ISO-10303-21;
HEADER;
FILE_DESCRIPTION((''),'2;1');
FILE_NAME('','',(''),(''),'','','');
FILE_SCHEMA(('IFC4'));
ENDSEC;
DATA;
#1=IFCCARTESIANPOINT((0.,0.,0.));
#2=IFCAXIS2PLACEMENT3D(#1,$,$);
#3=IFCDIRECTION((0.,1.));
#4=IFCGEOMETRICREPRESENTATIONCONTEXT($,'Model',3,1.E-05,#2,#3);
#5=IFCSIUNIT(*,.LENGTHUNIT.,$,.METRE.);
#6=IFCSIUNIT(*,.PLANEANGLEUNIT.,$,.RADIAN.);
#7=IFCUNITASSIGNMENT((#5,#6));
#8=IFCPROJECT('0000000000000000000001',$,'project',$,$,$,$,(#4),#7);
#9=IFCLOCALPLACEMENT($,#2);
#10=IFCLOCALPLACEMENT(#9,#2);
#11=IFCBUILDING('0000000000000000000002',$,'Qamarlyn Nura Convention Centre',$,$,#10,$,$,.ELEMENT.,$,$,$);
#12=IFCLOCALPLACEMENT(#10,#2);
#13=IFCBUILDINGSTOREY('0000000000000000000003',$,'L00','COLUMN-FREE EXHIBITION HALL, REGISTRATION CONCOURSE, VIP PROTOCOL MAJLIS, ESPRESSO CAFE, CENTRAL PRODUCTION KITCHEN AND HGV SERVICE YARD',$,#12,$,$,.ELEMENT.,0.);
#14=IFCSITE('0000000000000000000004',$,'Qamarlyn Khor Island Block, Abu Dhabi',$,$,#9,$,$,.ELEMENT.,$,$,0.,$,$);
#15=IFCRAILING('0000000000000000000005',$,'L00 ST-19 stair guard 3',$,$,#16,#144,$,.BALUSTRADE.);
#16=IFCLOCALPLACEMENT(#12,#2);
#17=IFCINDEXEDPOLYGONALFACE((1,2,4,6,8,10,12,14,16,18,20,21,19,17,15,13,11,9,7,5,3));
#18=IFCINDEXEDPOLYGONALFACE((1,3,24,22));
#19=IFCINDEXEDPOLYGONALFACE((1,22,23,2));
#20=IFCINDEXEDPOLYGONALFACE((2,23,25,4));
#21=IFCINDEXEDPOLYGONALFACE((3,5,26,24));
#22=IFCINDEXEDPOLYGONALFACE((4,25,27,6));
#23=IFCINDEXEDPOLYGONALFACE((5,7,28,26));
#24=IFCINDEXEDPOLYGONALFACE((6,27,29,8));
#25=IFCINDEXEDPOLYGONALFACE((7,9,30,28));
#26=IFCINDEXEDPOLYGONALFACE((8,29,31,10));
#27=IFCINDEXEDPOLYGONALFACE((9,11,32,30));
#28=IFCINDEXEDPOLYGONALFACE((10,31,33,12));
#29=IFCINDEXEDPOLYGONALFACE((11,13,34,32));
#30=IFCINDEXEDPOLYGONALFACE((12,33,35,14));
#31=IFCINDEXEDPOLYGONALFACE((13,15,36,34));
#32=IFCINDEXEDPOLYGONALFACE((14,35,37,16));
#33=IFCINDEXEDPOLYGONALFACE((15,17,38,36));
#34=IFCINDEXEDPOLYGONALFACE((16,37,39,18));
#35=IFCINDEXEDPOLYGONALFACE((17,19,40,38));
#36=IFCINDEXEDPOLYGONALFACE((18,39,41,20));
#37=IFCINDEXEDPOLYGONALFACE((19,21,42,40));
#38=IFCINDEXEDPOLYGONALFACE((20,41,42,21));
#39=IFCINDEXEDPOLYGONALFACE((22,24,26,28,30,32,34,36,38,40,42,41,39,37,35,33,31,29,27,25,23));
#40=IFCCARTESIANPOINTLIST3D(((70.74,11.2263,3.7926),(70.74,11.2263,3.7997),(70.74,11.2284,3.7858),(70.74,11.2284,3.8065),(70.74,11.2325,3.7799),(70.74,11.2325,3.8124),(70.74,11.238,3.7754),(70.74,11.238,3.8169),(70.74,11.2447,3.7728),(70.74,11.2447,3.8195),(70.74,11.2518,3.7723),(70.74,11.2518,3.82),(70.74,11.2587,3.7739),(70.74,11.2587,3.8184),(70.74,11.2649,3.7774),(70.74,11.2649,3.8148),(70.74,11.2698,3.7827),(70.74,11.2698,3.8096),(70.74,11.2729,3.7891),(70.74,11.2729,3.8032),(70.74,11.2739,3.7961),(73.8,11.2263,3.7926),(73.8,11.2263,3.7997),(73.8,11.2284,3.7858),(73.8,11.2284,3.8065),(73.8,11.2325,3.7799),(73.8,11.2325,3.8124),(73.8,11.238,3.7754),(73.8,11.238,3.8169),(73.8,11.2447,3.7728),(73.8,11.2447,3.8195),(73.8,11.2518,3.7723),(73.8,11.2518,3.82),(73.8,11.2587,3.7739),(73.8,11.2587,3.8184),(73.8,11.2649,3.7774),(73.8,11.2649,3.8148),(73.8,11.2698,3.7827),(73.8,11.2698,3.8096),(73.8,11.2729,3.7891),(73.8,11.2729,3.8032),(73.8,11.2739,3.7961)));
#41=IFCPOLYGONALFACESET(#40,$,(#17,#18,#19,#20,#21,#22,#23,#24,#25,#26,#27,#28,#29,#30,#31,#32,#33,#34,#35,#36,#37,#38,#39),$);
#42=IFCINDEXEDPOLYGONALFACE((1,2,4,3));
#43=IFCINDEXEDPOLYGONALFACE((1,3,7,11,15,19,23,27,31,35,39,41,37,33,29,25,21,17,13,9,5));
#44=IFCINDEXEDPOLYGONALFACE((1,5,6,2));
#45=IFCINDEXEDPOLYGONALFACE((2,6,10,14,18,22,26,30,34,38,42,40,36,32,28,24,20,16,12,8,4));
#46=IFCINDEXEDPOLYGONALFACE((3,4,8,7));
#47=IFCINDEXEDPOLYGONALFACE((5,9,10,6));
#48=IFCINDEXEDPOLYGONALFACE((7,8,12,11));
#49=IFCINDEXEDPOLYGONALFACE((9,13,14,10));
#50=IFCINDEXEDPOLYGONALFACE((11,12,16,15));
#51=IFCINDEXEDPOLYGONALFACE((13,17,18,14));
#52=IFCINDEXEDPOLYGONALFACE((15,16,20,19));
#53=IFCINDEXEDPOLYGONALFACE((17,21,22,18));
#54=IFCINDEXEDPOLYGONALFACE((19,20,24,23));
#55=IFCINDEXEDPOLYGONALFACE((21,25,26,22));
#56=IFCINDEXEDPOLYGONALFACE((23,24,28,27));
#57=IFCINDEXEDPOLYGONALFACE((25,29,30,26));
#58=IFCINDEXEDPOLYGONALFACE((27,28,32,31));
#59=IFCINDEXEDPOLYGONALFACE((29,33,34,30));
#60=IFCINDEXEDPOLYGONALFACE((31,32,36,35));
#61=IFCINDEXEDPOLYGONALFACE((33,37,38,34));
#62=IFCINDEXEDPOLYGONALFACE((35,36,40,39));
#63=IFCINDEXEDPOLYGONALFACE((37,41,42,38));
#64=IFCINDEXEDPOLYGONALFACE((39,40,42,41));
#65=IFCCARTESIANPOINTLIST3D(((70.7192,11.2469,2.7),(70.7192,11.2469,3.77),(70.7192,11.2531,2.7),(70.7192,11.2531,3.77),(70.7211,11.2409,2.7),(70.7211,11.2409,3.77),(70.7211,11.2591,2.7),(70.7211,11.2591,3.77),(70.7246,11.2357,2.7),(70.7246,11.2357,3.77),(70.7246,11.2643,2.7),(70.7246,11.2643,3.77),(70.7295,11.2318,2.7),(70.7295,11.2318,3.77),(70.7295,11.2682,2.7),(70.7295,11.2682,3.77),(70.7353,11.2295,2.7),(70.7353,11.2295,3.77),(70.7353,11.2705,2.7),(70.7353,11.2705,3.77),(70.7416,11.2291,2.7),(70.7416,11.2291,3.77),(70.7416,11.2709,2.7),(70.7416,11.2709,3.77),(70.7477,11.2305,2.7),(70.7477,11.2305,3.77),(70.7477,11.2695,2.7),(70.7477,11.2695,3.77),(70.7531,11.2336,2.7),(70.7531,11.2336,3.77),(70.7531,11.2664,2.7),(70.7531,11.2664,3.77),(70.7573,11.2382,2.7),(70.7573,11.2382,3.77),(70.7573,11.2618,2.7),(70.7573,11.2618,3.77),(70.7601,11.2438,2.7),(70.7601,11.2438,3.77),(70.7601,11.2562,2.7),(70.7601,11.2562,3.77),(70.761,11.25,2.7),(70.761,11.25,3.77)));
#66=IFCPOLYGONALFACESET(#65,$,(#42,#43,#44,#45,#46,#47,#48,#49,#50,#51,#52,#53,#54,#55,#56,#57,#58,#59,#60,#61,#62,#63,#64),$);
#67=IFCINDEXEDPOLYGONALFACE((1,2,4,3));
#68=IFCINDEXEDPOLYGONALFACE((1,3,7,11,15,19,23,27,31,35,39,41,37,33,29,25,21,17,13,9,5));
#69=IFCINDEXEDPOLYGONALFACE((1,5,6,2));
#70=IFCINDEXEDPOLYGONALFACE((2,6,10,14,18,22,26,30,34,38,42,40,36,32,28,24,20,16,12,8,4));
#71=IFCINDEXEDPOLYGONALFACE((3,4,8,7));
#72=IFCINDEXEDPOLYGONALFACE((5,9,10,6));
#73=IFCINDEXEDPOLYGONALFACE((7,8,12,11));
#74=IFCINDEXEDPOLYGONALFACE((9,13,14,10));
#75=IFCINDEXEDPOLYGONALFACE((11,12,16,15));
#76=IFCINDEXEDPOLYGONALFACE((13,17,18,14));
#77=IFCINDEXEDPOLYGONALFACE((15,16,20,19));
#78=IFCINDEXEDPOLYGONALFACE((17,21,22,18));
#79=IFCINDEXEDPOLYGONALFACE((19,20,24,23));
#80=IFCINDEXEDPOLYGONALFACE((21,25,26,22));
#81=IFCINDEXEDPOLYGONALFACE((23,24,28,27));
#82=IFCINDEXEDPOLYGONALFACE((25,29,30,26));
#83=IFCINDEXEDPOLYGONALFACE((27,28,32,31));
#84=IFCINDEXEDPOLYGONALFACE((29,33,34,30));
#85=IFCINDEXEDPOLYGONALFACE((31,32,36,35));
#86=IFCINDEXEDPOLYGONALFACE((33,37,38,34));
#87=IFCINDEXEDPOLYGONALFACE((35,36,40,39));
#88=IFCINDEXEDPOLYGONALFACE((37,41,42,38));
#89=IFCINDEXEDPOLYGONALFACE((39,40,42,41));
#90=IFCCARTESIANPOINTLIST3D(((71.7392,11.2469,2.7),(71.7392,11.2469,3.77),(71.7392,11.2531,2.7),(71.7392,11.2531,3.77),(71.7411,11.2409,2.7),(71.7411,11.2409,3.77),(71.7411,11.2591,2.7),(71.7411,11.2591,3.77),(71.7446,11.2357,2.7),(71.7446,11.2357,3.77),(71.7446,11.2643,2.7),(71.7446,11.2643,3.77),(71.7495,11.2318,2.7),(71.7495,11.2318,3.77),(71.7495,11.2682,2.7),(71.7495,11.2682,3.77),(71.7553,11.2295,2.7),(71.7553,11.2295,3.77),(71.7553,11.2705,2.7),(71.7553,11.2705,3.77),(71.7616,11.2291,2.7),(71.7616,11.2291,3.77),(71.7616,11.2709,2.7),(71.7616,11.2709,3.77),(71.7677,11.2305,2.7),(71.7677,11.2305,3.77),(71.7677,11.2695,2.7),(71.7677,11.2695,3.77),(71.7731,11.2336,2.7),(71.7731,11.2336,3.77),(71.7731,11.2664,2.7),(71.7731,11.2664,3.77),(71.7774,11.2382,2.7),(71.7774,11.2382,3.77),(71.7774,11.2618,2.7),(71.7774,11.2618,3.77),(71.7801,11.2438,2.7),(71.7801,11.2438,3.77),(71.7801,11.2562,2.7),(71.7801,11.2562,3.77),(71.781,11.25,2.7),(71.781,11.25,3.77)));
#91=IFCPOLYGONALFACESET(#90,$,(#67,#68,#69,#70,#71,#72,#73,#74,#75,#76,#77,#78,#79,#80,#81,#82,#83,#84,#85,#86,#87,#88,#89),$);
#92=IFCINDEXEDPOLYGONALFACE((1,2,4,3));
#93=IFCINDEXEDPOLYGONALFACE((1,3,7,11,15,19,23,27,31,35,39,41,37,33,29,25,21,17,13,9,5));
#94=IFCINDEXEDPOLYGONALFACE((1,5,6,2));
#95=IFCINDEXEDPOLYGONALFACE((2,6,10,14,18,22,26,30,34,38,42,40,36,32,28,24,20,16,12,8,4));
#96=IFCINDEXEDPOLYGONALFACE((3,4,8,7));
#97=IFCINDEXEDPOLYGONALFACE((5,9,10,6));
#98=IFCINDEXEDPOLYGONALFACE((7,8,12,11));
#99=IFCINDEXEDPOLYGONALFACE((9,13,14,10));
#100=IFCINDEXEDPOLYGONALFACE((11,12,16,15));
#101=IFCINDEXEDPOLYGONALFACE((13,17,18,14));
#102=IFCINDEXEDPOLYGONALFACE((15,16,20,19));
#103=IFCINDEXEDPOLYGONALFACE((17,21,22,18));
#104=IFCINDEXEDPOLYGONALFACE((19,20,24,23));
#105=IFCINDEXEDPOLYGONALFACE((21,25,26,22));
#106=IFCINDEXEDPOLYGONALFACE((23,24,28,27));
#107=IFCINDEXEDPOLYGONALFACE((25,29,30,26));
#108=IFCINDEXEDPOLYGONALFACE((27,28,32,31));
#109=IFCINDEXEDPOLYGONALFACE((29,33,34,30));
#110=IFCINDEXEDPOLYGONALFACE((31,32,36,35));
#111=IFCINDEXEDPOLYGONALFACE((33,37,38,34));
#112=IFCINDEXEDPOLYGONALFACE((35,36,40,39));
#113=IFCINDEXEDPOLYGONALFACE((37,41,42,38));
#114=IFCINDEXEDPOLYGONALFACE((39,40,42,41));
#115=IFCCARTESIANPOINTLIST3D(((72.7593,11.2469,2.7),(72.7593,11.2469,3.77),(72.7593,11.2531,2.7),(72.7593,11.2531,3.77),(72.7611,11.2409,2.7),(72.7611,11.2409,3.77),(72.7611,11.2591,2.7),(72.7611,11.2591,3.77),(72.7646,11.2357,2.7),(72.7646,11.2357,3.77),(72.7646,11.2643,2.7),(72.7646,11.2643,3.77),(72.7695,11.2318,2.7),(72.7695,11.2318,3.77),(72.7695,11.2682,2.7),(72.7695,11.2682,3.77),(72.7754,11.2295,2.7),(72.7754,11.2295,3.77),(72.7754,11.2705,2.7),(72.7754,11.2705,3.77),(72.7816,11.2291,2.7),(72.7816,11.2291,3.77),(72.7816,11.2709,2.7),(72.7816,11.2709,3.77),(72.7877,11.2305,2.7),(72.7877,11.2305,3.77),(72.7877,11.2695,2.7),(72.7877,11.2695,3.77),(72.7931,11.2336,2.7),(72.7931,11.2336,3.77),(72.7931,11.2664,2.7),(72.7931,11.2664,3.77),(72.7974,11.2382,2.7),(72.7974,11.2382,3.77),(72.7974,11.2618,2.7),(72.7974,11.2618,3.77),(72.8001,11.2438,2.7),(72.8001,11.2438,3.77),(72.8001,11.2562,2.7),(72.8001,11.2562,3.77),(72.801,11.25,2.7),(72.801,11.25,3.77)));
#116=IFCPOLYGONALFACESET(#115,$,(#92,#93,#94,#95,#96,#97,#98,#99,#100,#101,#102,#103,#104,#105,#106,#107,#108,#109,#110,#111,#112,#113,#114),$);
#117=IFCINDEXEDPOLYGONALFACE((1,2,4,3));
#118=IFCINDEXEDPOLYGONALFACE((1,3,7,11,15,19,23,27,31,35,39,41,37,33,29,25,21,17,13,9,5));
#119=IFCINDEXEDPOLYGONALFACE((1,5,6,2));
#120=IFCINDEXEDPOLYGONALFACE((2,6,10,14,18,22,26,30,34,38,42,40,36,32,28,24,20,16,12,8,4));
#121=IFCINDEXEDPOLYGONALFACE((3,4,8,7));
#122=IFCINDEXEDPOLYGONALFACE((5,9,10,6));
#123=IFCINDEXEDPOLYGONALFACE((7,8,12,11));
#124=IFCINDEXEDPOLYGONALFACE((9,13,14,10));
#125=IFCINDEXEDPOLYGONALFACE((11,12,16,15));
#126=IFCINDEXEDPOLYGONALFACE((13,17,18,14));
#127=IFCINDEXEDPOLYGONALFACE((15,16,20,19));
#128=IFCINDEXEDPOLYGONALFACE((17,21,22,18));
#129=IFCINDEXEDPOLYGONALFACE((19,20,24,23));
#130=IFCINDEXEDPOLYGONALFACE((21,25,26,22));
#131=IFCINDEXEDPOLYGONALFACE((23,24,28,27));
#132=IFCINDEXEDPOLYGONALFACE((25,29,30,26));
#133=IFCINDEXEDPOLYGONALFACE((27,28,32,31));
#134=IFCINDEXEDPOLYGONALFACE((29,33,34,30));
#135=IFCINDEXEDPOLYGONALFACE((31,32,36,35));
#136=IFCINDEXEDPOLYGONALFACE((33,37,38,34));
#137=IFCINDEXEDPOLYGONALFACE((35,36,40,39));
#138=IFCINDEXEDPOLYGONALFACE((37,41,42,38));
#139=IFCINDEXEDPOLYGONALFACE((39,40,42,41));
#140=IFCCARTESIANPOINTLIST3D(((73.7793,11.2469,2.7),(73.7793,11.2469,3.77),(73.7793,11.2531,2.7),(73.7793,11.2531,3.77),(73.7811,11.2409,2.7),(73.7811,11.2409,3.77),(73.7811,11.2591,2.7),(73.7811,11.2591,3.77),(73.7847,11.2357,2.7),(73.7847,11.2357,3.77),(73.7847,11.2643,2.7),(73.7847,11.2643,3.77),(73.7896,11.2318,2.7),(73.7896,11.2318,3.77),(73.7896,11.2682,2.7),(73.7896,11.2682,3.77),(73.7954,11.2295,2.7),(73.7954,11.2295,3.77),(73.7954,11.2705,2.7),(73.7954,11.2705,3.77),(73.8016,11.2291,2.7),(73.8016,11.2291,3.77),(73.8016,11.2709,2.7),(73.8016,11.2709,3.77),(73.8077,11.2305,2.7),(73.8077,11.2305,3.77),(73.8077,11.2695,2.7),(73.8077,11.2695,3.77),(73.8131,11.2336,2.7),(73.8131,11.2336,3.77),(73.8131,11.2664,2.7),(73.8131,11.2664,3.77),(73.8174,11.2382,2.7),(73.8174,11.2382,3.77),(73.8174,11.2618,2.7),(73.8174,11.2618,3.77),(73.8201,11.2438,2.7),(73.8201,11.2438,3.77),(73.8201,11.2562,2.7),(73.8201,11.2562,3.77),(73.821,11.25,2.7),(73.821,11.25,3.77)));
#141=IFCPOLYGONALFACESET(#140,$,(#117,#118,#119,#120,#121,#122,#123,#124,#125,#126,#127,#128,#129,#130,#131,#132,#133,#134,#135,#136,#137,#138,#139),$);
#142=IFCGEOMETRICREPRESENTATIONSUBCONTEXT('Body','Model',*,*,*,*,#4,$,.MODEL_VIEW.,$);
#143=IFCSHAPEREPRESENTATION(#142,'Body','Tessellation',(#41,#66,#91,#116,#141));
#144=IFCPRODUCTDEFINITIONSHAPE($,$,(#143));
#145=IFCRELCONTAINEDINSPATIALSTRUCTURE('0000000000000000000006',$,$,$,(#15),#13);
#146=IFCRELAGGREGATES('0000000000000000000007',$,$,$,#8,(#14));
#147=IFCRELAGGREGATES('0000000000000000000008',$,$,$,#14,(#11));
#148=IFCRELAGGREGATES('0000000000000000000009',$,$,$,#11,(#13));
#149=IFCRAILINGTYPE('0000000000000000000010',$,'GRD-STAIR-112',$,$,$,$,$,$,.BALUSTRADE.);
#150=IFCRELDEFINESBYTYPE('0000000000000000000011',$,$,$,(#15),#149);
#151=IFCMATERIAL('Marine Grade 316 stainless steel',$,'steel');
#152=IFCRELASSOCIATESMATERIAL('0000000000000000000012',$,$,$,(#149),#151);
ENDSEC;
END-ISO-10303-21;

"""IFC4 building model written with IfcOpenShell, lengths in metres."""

from ifc_helpers import new_model, si_unit, direction, frame, origin, origin_2d, place, context, subcontext, project, spatial, circle, extrude, material, type_object, element, save


model = new_model("IFC4")

# Units and contexts
model_context = context("Model", 3, precision=1e-05, world=origin(), true_north=direction((0.0, 1.0)))
body_context = subcontext(model_context, "Body", "Model", "MODEL_VIEW")
ifc_project = project(units=[si_unit("LENGTHUNIT", "METRE"), si_unit("PLANEANGLEUNIT", "RADIAN")], contexts=[model_context])

# Site, building, storey
site_placement = place(None, origin())
site = spatial("IfcSite", under=ifc_project, at=site_placement, Name="Qamarlyn Khor Island Block, Abu Dhabi", CompositionType="ELEMENT", RefElevation=0.0)
building_placement = place(site_placement, origin())
building = spatial("IfcBuilding", under=site, at=building_placement, Name="Qamarlyn Nura Convention Centre", CompositionType="ELEMENT")
storey_placement = place(building_placement, origin())
storey = spatial("IfcBuildingStorey", under=building, at=storey_placement, Name="L00", Description="COLUMN-FREE EXHIBITION HALL, REGISTRATION CONCOURSE, VIP PROTOCOL MAJLIS, ESPRESSO CAFE, CENTRAL PRODUCTION KITCHEN AND HGV SERVICE YARD", CompositionType="ELEMENT", Elevation=0.0)

# Railing
ifc_material_1 = material(Name="Marine Grade 316 stainless steel", Category="steel")
railing_type_1 = type_object("IfcRailingType", Name="GRD-STAIR-112", PredefinedType="BALUSTRADE", material=ifc_material_1)
railing_1_placement = place(storey_placement, frame((70.74, 11.25, 2.7)))
element("IfcRailing", 1, at=railing_1_placement, inside=storey, type_object=railing_type_1, Name="L00 ST-19 stair guard 3", PredefinedType="BALUSTRADE", context=body_context, shape_type="SweptSolid", body=[
    extrude(circle(Radius=0.0239, at=origin_2d()), frame((0.0, 0.0, 1.0962), z_axis=(1.0, 0.0, 0.0), x_axis=(0.0, 1.0, 0.0)), (0.0, 0.0, 1.0), 3.0601),
    extrude(circle(Radius=0.021, at=origin_2d()), origin(), (0.0, 0.0, 1.0), 1.0701),
    extrude(circle(Radius=0.021, at=origin_2d()), frame((1.02, 0.0, 0.0)), (0.0, 0.0, 1.0), 1.0701),
    extrude(circle(Radius=0.021, at=origin_2d()), frame((2.04, 0.0, 0.0)), (0.0, 0.0, 1.0), 1.0701),
    extrude(circle(Radius=0.021, at=origin_2d()), frame((3.0601, 0.0, 0.0)), (0.0, 0.0, 1.0), 1.0701),
])

save(model, "model.ifc")
